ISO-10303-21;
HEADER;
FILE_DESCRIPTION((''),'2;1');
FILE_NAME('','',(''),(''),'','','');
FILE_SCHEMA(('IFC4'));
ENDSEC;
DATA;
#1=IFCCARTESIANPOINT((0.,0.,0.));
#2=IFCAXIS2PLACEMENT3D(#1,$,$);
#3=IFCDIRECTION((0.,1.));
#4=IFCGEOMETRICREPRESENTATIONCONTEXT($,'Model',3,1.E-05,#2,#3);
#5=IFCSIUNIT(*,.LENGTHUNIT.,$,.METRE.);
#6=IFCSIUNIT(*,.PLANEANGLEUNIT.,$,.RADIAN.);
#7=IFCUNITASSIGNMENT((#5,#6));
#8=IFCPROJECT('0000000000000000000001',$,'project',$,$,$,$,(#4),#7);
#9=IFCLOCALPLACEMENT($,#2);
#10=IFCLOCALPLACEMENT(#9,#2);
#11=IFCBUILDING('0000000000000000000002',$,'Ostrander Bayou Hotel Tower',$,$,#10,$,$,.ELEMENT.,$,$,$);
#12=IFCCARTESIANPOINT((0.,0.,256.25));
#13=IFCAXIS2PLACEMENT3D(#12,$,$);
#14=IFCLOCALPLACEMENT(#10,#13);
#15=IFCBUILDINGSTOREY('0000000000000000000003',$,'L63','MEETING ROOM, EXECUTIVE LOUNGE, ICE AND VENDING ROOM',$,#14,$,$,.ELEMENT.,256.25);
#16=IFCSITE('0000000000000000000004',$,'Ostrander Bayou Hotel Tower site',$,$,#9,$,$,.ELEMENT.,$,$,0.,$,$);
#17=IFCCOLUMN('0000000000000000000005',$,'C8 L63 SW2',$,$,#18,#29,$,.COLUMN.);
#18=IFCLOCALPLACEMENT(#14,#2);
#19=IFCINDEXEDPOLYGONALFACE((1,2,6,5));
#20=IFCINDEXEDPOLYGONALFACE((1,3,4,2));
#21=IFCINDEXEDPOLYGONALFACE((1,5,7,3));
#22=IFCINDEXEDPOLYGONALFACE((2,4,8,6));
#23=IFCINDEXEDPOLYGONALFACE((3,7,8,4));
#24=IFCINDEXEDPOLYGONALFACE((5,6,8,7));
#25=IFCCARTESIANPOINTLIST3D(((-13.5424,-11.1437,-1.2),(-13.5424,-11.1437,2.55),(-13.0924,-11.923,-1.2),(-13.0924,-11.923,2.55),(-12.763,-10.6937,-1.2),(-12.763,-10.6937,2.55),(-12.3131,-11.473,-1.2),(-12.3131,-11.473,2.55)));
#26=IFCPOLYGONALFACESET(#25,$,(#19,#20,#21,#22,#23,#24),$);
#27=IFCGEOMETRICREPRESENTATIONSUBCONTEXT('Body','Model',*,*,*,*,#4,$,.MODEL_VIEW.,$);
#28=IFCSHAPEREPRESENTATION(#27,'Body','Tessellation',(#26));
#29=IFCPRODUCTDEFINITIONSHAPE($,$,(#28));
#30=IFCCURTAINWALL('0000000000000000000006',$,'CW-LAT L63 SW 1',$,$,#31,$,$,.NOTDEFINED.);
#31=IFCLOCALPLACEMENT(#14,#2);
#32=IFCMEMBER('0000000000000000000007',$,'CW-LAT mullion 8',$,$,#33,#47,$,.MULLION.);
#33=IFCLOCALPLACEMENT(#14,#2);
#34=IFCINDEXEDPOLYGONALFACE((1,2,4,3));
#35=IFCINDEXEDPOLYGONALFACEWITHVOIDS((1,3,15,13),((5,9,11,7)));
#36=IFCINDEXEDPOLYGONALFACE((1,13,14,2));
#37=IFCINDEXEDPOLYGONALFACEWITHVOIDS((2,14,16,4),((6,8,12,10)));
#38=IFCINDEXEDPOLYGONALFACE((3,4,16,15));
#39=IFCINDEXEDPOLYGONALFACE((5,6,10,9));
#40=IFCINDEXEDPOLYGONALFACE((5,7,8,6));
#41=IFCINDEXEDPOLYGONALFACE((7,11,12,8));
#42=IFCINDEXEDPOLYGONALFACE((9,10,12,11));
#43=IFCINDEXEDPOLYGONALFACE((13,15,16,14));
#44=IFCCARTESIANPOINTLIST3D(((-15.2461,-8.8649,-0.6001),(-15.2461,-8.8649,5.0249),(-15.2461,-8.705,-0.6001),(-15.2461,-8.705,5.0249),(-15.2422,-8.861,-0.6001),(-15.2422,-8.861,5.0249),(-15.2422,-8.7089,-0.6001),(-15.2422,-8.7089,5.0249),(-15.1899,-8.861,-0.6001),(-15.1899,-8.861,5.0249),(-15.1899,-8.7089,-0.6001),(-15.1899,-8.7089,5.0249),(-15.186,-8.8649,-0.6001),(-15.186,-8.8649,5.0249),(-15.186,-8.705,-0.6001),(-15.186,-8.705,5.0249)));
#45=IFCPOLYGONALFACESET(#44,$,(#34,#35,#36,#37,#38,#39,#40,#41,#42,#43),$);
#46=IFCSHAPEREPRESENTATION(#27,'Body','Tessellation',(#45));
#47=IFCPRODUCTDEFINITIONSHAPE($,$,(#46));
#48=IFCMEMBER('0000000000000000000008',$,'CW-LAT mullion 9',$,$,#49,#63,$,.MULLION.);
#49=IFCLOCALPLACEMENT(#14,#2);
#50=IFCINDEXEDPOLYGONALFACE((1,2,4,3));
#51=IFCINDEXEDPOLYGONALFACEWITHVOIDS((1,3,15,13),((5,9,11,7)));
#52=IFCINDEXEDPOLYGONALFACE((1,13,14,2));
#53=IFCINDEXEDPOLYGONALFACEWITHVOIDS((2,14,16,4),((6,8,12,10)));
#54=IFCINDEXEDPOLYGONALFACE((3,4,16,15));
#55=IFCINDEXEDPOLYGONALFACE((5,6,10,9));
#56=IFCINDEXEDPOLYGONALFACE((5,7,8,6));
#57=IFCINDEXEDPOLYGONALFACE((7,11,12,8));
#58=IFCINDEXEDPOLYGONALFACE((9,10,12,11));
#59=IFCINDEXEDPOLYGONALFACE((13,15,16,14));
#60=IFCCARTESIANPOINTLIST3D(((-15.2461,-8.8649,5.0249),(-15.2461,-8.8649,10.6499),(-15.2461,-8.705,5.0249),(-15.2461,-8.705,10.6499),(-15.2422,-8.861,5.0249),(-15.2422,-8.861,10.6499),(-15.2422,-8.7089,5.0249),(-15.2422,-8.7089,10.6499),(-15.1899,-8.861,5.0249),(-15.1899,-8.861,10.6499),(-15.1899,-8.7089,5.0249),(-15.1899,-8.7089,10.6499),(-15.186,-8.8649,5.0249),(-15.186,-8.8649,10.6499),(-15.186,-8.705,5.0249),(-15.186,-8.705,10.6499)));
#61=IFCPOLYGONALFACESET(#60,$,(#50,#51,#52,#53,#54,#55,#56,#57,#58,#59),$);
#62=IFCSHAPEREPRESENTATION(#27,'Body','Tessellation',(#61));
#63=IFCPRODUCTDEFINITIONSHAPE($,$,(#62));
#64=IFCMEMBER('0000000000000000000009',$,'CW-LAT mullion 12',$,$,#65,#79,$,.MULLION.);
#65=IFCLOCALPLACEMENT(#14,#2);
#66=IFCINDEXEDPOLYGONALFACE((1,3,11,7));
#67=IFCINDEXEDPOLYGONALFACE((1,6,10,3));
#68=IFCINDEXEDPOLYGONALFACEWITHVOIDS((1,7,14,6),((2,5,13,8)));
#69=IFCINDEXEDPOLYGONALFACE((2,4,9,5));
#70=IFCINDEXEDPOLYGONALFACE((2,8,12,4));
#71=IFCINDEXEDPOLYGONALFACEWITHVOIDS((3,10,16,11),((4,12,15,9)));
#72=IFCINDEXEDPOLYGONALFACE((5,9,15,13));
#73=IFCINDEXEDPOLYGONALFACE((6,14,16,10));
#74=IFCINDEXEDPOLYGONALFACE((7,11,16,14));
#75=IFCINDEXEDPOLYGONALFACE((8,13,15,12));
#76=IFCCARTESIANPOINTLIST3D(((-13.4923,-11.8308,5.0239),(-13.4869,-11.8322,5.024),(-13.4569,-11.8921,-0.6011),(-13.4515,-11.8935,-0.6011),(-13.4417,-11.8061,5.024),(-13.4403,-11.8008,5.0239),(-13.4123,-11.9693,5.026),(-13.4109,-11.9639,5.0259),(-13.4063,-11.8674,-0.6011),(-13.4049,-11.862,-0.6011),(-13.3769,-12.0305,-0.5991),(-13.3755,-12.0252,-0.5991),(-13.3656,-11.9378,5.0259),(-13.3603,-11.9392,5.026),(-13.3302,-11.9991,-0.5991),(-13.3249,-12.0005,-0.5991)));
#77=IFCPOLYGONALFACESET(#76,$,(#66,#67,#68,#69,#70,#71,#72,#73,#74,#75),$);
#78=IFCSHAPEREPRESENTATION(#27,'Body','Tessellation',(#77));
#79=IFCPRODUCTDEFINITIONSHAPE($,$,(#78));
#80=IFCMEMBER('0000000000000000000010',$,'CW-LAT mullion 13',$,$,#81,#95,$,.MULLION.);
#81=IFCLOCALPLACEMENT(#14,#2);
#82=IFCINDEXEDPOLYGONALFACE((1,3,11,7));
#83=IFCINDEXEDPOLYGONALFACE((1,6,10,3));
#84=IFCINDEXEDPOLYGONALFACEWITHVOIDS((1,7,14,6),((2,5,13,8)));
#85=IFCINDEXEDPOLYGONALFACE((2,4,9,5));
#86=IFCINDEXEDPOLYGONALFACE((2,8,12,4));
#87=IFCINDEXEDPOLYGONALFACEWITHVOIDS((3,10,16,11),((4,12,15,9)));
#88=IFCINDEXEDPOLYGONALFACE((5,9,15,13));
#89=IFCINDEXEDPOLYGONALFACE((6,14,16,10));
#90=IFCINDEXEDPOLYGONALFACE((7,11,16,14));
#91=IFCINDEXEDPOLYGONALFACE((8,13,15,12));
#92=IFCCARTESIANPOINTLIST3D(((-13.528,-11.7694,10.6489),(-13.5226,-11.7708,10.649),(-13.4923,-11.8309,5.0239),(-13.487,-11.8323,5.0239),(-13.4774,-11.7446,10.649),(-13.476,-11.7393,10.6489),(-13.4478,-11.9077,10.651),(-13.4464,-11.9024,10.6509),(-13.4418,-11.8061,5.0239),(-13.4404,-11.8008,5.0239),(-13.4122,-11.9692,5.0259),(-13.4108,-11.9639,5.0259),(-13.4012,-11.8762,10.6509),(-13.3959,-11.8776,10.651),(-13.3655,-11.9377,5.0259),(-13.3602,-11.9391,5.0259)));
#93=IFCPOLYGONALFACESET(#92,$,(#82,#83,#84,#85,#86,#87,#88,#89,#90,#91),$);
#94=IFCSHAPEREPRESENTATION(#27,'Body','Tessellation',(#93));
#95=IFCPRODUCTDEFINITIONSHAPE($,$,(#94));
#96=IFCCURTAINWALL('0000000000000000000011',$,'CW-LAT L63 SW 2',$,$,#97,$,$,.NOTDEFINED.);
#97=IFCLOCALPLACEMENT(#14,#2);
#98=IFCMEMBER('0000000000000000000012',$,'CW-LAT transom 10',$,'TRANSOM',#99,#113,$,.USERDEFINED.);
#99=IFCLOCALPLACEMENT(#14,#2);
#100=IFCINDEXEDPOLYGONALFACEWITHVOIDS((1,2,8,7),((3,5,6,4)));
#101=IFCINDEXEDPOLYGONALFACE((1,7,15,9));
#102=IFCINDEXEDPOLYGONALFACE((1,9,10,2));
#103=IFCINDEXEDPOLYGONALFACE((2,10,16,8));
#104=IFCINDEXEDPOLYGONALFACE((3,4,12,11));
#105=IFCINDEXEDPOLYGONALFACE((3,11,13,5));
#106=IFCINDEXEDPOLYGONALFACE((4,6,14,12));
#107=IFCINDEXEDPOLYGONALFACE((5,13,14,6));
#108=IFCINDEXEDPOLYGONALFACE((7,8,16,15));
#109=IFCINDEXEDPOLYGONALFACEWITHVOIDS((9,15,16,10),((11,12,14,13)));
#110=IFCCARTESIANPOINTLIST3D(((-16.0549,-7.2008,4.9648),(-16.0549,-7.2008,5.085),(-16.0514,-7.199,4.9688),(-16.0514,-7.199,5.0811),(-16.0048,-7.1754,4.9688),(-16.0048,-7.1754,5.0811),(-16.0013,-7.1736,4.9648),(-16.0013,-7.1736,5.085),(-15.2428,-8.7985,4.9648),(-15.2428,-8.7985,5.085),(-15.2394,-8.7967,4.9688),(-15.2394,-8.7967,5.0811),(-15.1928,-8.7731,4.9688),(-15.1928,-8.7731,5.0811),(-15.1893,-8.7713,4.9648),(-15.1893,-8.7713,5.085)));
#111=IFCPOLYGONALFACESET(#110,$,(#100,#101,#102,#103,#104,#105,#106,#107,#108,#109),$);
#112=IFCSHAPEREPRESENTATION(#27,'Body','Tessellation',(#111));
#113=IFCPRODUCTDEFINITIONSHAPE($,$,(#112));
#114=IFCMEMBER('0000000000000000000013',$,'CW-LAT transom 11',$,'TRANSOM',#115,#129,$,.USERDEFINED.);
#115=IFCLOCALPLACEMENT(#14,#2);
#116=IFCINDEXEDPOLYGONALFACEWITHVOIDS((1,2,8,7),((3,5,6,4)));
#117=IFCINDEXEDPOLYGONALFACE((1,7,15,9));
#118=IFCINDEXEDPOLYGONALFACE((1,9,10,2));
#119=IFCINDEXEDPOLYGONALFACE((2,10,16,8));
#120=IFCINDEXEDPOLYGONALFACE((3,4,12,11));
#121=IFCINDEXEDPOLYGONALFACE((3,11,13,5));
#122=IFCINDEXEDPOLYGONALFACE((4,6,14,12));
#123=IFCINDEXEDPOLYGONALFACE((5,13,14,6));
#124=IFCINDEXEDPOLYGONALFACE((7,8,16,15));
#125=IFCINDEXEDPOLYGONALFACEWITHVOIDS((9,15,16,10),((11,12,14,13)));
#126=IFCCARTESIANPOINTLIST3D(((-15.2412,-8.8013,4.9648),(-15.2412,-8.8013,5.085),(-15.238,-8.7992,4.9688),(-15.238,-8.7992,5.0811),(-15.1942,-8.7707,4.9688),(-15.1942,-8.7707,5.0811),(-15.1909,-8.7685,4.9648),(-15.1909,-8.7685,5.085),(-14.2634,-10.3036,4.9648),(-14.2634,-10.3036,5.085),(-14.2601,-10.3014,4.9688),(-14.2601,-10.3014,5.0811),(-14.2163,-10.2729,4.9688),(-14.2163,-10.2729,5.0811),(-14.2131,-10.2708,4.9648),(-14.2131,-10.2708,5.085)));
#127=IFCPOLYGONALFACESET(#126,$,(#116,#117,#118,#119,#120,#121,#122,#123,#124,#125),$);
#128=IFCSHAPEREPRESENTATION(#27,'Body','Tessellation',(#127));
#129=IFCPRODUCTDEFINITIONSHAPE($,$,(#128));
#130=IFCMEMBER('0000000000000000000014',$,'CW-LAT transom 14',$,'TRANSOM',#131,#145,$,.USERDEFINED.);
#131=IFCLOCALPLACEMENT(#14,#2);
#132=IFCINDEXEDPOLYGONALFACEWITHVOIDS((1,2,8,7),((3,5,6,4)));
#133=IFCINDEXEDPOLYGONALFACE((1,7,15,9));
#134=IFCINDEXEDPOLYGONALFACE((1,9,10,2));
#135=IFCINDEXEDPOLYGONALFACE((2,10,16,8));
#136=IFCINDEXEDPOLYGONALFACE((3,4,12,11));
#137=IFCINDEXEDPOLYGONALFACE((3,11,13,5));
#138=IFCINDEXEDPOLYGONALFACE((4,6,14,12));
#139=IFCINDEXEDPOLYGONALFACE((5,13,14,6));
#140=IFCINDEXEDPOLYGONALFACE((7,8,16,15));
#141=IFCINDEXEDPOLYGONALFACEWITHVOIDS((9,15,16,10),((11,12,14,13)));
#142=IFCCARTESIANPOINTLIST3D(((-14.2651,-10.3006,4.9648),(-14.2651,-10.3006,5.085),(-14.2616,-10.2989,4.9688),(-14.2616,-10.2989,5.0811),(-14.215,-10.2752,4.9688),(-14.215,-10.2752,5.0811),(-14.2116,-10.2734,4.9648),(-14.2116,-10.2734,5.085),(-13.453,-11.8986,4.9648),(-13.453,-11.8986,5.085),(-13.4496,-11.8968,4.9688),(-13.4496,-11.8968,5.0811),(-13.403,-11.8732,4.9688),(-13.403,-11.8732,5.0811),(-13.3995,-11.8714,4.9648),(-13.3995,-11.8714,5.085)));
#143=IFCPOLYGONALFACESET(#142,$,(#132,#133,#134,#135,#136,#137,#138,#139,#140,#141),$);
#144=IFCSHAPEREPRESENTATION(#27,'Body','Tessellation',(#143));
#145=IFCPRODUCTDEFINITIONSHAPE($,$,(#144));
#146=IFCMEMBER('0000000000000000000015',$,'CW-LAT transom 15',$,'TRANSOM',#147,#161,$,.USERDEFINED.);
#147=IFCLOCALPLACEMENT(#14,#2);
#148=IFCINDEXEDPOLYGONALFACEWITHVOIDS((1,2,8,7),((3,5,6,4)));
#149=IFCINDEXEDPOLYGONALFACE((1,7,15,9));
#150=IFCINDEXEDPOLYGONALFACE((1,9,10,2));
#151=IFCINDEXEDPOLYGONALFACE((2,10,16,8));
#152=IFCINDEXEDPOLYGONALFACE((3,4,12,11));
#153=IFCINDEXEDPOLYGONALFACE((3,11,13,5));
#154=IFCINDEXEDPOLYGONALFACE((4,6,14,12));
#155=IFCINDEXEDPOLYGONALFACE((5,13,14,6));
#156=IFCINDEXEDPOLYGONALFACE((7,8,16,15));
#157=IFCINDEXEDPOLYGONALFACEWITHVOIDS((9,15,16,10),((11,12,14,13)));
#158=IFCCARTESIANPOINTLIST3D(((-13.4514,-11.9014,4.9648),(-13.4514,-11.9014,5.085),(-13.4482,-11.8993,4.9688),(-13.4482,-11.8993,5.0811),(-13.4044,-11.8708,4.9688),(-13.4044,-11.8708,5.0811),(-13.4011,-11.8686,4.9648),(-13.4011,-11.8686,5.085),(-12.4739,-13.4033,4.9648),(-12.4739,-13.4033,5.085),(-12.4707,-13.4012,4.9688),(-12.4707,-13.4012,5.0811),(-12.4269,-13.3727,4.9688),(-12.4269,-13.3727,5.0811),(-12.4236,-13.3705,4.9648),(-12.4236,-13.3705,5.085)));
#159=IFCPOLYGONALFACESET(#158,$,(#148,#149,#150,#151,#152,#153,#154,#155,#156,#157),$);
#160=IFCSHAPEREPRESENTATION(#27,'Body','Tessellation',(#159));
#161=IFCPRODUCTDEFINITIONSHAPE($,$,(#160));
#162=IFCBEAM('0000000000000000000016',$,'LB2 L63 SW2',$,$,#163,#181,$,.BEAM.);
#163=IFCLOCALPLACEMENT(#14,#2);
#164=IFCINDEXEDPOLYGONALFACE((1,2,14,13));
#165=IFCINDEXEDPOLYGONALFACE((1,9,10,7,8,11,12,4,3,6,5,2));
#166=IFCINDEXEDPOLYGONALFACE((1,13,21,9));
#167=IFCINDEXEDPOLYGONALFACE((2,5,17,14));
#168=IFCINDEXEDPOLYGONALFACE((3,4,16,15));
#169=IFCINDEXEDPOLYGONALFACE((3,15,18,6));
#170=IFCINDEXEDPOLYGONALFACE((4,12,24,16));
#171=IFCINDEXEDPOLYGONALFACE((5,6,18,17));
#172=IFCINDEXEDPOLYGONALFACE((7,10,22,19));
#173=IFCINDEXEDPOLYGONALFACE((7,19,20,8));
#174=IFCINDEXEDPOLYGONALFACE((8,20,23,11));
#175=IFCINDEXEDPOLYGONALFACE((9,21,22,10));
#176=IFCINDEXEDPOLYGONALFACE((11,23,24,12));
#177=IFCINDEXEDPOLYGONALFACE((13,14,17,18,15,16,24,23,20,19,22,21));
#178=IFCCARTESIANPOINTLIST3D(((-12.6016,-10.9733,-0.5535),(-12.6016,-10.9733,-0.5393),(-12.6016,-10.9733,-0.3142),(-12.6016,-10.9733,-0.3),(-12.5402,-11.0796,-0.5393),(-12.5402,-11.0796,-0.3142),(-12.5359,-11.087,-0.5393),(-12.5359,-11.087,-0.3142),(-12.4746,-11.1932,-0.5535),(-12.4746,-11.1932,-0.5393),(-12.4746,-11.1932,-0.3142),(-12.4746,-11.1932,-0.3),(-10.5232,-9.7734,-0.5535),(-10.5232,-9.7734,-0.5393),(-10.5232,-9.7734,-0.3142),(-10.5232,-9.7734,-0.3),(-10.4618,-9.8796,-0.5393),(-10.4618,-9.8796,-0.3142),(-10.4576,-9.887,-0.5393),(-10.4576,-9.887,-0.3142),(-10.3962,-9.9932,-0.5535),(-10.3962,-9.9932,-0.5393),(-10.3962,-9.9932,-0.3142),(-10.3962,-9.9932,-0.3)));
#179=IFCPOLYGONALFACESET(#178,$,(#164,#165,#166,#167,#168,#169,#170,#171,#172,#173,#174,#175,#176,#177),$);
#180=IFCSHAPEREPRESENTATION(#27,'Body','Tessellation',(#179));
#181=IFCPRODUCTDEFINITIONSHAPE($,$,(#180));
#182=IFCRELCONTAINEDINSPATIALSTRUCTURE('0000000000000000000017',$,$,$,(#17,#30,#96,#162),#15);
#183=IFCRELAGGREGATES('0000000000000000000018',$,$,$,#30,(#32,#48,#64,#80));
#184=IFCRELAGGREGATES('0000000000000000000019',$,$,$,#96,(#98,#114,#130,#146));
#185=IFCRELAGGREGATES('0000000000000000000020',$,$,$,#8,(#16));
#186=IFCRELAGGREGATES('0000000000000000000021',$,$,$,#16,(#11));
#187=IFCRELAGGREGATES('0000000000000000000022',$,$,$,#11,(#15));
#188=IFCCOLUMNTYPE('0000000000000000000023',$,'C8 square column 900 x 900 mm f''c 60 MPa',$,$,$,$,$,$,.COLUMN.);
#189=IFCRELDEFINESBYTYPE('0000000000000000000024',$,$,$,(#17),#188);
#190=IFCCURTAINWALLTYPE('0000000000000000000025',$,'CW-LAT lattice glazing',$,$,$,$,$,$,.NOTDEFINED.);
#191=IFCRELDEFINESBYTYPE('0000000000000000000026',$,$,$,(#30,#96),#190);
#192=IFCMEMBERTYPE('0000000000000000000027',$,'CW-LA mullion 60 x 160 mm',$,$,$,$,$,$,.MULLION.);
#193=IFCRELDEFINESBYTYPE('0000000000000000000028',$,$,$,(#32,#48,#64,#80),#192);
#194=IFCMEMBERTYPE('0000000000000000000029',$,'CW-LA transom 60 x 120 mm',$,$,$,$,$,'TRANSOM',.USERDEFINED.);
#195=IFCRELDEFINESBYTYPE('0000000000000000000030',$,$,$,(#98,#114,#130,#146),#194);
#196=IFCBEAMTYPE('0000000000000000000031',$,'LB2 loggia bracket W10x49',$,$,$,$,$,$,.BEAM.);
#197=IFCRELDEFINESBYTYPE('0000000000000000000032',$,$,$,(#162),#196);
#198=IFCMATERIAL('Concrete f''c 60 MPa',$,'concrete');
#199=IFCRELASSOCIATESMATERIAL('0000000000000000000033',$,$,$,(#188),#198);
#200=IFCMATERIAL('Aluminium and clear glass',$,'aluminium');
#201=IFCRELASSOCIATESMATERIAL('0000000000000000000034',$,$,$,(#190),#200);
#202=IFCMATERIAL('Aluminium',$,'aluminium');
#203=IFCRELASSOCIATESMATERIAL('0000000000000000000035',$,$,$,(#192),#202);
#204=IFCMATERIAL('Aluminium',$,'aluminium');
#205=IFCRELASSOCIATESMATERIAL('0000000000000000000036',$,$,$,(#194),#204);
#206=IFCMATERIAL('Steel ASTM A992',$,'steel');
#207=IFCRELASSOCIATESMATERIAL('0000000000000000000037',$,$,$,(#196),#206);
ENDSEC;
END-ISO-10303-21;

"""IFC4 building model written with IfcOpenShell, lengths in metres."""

from ifc_helpers import new_model, si_unit, direction, frame, origin, origin_2d, place, context, subcontext, project, spatial, rectangle, hollow_rectangle, i_section, extrude, material, material_profile, profile_set, type_object, element, aggregate, save


model = new_model("IFC4")

# Units and contexts
model_context = context("Model", 3, precision=1e-05, world=origin(), true_north=direction((0.0, 1.0)))
body_context = subcontext(model_context, "Body", "Model", "MODEL_VIEW")
ifc_project = project(units=[si_unit("LENGTHUNIT", "METRE"), si_unit("PLANEANGLEUNIT", "RADIAN")], contexts=[model_context])

# Site, building, storey
site_placement = place(None, origin())
site = spatial("IfcSite", under=ifc_project, at=site_placement, Name="Ostrander Bayou Hotel Tower site", CompositionType="ELEMENT", RefElevation=0.0)
building_placement = place(site_placement, origin())
building = spatial("IfcBuilding", under=site, at=building_placement, Name="Ostrander Bayou Hotel Tower", CompositionType="ELEMENT")
storey_placement = place(building_placement, frame((0.0, 0.0, 256.25)))
storey = spatial("IfcBuildingStorey", under=building, at=storey_placement, Name="L63", Description="MEETING ROOM, EXECUTIVE LOUNGE, ICE AND VENDING ROOM", CompositionType="ELEMENT", Elevation=256.25)

# Column
ifc_material_1 = material(Name="Concrete f'c 60 MPa", Category="concrete")
ifc_material_profile_1 = material_profile(ifc_material_1, rectangle(XDim=0.8999, YDim=0.8999, at=origin_2d()))
ifc_profile_set_1 = profile_set([ifc_material_profile_1], Name="Concrete f'c 60 MPa")
column_type = type_object("IfcColumnType", Name="C8 square column 900 x 900 mm f'c 60 MPa", PredefinedType="COLUMN", material=ifc_profile_set_1)
column_placement = place(storey_placement, frame((-12.9277, -11.3083, -1.2), z_axis=(0.0, 0.0, 1.0), x_axis=(-0.5, 0.866025, 0.0)))
element("IfcColumn", 1, at=column_placement, inside=storey, type_object=column_type, Name="C8 L63 SW2", PredefinedType="COLUMN", context=body_context, shape_type="SweptSolid", body=[
    extrude(rectangle(XDim=0.8999, YDim=0.8999, at=origin_2d()), origin(), (0.0, 0.0, 1.0), 3.75),
])

# Curtain walls, members
ifc_material_2 = material(Name="Aluminium and clear glass", Category="aluminium")
curtain_wall_type = type_object("IfcCurtainWallType", Name="CW-LAT lattice glazing", PredefinedType="NOTDEFINED", material=ifc_material_2)
curtain_wall_1_placement = place(storey_placement, origin())
curtain_wall_1 = element("IfcCurtainWall", 2, at=curtain_wall_1_placement, inside=storey, type_object=curtain_wall_type, Name="CW-LAT L63 SW 1", PredefinedType="NOTDEFINED")
ifc_material_3 = material(Name="Aluminium", Category="aluminium")
ifc_material_profile_2 = material_profile(ifc_material_3, hollow_rectangle(XDim=0.0601, YDim=0.1599, WallThickness=0.0039, at=origin_2d()))
ifc_profile_set_2 = profile_set([ifc_material_profile_2], Name="Aluminium")
member_type_1 = type_object("IfcMemberType", Name="CW-LA mullion 60 x 160 mm", PredefinedType="MULLION", material=ifc_profile_set_2)
member_1_placement = place(storey_placement, frame((-15.2161, -8.7849, -0.6001), z_axis=(0.0, 0.0, 1.0), x_axis=(1.0, 0.0, 0.0)))
member_1 = element("IfcMember", 3, at=member_1_placement, type_object=member_type_1, Name="CW-LAT mullion 8", PredefinedType="MULLION", context=body_context, shape_type="SweptSolid", body=[
    extrude(hollow_rectangle(XDim=0.0601, YDim=0.1599, WallThickness=0.0039, at=origin_2d()), origin(), (0.0, 0.0, 1.0), 5.625),
])
member_2_placement = place(storey_placement, frame((-15.2161, -8.7849, 5.0249), z_axis=(0.0, 0.0, 1.0), x_axis=(1.0, 0.0, 0.0)))
member_2 = element("IfcMember", 4, at=member_2_placement, type_object=member_type_1, Name="CW-LAT mullion 9", PredefinedType="MULLION", context=body_context, shape_type="SweptSolid", body=[
    extrude(hollow_rectangle(XDim=0.0601, YDim=0.1599, WallThickness=0.0039, at=origin_2d()), origin(), (0.0, 0.0, 1.0), 5.625),
])
member_3_placement = place(storey_placement, frame((-13.3909, -11.9463, -0.6001), z_axis=(-0.006293, 0.010893, 0.999921), x_axis=(-0.865898, -0.50022, 0.0)))
member_3 = element("IfcMember", 5, at=member_3_placement, type_object=member_type_1, Name="CW-LAT mullion 12", PredefinedType="MULLION", context=body_context, shape_type="SweptSolid", body=[
    extrude(hollow_rectangle(XDim=0.0601, YDim=0.1599, WallThickness=0.0039, at=origin_2d()), origin(), (0.0, 0.0, 1.0), 5.6255),
])
member_4_placement = place(storey_placement, frame((-13.4263, -11.885, 5.0249), z_axis=(-0.006336, 0.010937, 0.99992), x_axis=(-0.86527, -0.501307, 0.0)))
member_4 = element("IfcMember", 6, at=member_4_placement, type_object=member_type_1, Name="CW-LAT mullion 13", PredefinedType="MULLION", context=body_context, shape_type="SweptSolid", body=[
    extrude(hollow_rectangle(XDim=0.0601, YDim=0.1599, WallThickness=0.0039, at=origin_2d()), origin(), (0.0, 0.0, 1.0), 5.6255),
])
curtain_wall_2_placement = place(storey_placement, origin())
curtain_wall_2 = element("IfcCurtainWall", 7, at=curtain_wall_2_placement, inside=storey, type_object=curtain_wall_type, Name="CW-LAT L63 SW 2", PredefinedType="NOTDEFINED")
ifc_material_4 = material(Name="Aluminium", Category="aluminium")
ifc_material_profile_3 = material_profile(ifc_material_4, hollow_rectangle(XDim=0.0601, YDim=0.1201, WallThickness=0.0039, at=origin_2d()))
ifc_profile_set_3 = profile_set([ifc_material_profile_3], Name="Aluminium")
member_type_2 = type_object("IfcMemberType", Name="CW-LA transom 60 x 120 mm", ElementType="TRANSOM", PredefinedType="USERDEFINED", material=ifc_profile_set_3)
member_5_placement = place(storey_placement, frame((-15.2161, -8.7849, 5.0249), z_axis=(-0.453089, 0.891465, 0.0), x_axis=(-0.891465, -0.453089, 0.0)))
member_5 = element("IfcMember", 8, at=member_5_placement, type_object=member_type_2, Name="CW-LAT transom 10", ObjectType="TRANSOM", PredefinedType="USERDEFINED", context=body_context, shape_type="SweptSolid", body=[
    extrude(hollow_rectangle(XDim=0.0601, YDim=0.1201, WallThickness=0.0039, at=origin_2d()), origin(), (0.0, 0.0, 1.0), 1.7922),
])
member_6_placement = place(storey_placement, frame((-15.2161, -8.7849, 5.0249), z_axis=(0.54552, -0.838098, 0.0), x_axis=(0.838098, 0.54552, 0.0)))
member_6 = element("IfcMember", 9, at=member_6_placement, type_object=member_type_2, Name="CW-LAT transom 11", ObjectType="TRANSOM", PredefinedType="USERDEFINED", context=body_context, shape_type="SweptSolid", body=[
    extrude(hollow_rectangle(XDim=0.0601, YDim=0.1201, WallThickness=0.0039, at=origin_2d()), origin(), (0.0, 0.0, 1.0), 1.7925),
])
member_7_placement = place(storey_placement, frame((-13.4263, -11.885, 5.0249), z_axis=(-0.453034, 0.891493, 0.0), x_axis=(-0.891493, -0.453034, 0.0)))
member_7 = element("IfcMember", 10, at=member_7_placement, type_object=member_type_2, Name="CW-LAT transom 14", ObjectType="TRANSOM", PredefinedType="USERDEFINED", context=body_context, shape_type="SweptSolid", body=[
    extrude(hollow_rectangle(XDim=0.0601, YDim=0.1201, WallThickness=0.0039, at=origin_2d()), origin(), (0.0, 0.0, 1.0), 1.7925),
])
member_8_placement = place(storey_placement, frame((-13.4263, -11.885, 5.0249), z_axis=(0.545486, -0.83812, 0.0), x_axis=(0.83812, 0.545486, 0.0)))
member_8 = element("IfcMember", 11, at=member_8_placement, type_object=member_type_2, Name="CW-LAT transom 15", ObjectType="TRANSOM", PredefinedType="USERDEFINED", context=body_context, shape_type="SweptSolid", body=[
    extrude(hollow_rectangle(XDim=0.0601, YDim=0.1201, WallThickness=0.0039, at=origin_2d()), origin(), (0.0, 0.0, 1.0), 1.792),
])

# Beam
ifc_material_5 = material(Name="Steel ASTM A992", Category="steel")
ifc_material_profile_4 = material_profile(ifc_material_5, i_section(OverallWidth=0.2539, OverallDepth=0.2534, WebThickness=0.0085, FlangeThickness=0.0142, at=origin_2d()))
ifc_profile_set_4 = profile_set([ifc_material_profile_4], Name="Steel ASTM A992")
beam_type_1 = type_object("IfcBeamType", Name="LB2 loggia bracket W10x49", PredefinedType="BEAM", material=ifc_profile_set_4)
beam_1_placement = place(storey_placement, frame((-12.5381, -11.0833, -0.4268), z_axis=(0.866025, 0.500001, 0.0), x_axis=(-0.500001, 0.866025, 0.0)))
element("IfcBeam", 12, at=beam_1_placement, inside=storey, type_object=beam_type_1, Name="LB2 L63 SW2", PredefinedType="BEAM", context=body_context, shape_type="SweptSolid", body=[
    extrude(i_section(OverallWidth=0.2539, OverallDepth=0.2534, WebThickness=0.0085, FlangeThickness=0.0142, at=origin_2d()), origin(), (0.0, 0.0, 1.0), 2.3999),
])

aggregate(curtain_wall_1, [member_1, member_2, member_3, member_4])
aggregate(curtain_wall_2, [member_5, member_6, member_7, member_8])

save(model, "model.ifc")
